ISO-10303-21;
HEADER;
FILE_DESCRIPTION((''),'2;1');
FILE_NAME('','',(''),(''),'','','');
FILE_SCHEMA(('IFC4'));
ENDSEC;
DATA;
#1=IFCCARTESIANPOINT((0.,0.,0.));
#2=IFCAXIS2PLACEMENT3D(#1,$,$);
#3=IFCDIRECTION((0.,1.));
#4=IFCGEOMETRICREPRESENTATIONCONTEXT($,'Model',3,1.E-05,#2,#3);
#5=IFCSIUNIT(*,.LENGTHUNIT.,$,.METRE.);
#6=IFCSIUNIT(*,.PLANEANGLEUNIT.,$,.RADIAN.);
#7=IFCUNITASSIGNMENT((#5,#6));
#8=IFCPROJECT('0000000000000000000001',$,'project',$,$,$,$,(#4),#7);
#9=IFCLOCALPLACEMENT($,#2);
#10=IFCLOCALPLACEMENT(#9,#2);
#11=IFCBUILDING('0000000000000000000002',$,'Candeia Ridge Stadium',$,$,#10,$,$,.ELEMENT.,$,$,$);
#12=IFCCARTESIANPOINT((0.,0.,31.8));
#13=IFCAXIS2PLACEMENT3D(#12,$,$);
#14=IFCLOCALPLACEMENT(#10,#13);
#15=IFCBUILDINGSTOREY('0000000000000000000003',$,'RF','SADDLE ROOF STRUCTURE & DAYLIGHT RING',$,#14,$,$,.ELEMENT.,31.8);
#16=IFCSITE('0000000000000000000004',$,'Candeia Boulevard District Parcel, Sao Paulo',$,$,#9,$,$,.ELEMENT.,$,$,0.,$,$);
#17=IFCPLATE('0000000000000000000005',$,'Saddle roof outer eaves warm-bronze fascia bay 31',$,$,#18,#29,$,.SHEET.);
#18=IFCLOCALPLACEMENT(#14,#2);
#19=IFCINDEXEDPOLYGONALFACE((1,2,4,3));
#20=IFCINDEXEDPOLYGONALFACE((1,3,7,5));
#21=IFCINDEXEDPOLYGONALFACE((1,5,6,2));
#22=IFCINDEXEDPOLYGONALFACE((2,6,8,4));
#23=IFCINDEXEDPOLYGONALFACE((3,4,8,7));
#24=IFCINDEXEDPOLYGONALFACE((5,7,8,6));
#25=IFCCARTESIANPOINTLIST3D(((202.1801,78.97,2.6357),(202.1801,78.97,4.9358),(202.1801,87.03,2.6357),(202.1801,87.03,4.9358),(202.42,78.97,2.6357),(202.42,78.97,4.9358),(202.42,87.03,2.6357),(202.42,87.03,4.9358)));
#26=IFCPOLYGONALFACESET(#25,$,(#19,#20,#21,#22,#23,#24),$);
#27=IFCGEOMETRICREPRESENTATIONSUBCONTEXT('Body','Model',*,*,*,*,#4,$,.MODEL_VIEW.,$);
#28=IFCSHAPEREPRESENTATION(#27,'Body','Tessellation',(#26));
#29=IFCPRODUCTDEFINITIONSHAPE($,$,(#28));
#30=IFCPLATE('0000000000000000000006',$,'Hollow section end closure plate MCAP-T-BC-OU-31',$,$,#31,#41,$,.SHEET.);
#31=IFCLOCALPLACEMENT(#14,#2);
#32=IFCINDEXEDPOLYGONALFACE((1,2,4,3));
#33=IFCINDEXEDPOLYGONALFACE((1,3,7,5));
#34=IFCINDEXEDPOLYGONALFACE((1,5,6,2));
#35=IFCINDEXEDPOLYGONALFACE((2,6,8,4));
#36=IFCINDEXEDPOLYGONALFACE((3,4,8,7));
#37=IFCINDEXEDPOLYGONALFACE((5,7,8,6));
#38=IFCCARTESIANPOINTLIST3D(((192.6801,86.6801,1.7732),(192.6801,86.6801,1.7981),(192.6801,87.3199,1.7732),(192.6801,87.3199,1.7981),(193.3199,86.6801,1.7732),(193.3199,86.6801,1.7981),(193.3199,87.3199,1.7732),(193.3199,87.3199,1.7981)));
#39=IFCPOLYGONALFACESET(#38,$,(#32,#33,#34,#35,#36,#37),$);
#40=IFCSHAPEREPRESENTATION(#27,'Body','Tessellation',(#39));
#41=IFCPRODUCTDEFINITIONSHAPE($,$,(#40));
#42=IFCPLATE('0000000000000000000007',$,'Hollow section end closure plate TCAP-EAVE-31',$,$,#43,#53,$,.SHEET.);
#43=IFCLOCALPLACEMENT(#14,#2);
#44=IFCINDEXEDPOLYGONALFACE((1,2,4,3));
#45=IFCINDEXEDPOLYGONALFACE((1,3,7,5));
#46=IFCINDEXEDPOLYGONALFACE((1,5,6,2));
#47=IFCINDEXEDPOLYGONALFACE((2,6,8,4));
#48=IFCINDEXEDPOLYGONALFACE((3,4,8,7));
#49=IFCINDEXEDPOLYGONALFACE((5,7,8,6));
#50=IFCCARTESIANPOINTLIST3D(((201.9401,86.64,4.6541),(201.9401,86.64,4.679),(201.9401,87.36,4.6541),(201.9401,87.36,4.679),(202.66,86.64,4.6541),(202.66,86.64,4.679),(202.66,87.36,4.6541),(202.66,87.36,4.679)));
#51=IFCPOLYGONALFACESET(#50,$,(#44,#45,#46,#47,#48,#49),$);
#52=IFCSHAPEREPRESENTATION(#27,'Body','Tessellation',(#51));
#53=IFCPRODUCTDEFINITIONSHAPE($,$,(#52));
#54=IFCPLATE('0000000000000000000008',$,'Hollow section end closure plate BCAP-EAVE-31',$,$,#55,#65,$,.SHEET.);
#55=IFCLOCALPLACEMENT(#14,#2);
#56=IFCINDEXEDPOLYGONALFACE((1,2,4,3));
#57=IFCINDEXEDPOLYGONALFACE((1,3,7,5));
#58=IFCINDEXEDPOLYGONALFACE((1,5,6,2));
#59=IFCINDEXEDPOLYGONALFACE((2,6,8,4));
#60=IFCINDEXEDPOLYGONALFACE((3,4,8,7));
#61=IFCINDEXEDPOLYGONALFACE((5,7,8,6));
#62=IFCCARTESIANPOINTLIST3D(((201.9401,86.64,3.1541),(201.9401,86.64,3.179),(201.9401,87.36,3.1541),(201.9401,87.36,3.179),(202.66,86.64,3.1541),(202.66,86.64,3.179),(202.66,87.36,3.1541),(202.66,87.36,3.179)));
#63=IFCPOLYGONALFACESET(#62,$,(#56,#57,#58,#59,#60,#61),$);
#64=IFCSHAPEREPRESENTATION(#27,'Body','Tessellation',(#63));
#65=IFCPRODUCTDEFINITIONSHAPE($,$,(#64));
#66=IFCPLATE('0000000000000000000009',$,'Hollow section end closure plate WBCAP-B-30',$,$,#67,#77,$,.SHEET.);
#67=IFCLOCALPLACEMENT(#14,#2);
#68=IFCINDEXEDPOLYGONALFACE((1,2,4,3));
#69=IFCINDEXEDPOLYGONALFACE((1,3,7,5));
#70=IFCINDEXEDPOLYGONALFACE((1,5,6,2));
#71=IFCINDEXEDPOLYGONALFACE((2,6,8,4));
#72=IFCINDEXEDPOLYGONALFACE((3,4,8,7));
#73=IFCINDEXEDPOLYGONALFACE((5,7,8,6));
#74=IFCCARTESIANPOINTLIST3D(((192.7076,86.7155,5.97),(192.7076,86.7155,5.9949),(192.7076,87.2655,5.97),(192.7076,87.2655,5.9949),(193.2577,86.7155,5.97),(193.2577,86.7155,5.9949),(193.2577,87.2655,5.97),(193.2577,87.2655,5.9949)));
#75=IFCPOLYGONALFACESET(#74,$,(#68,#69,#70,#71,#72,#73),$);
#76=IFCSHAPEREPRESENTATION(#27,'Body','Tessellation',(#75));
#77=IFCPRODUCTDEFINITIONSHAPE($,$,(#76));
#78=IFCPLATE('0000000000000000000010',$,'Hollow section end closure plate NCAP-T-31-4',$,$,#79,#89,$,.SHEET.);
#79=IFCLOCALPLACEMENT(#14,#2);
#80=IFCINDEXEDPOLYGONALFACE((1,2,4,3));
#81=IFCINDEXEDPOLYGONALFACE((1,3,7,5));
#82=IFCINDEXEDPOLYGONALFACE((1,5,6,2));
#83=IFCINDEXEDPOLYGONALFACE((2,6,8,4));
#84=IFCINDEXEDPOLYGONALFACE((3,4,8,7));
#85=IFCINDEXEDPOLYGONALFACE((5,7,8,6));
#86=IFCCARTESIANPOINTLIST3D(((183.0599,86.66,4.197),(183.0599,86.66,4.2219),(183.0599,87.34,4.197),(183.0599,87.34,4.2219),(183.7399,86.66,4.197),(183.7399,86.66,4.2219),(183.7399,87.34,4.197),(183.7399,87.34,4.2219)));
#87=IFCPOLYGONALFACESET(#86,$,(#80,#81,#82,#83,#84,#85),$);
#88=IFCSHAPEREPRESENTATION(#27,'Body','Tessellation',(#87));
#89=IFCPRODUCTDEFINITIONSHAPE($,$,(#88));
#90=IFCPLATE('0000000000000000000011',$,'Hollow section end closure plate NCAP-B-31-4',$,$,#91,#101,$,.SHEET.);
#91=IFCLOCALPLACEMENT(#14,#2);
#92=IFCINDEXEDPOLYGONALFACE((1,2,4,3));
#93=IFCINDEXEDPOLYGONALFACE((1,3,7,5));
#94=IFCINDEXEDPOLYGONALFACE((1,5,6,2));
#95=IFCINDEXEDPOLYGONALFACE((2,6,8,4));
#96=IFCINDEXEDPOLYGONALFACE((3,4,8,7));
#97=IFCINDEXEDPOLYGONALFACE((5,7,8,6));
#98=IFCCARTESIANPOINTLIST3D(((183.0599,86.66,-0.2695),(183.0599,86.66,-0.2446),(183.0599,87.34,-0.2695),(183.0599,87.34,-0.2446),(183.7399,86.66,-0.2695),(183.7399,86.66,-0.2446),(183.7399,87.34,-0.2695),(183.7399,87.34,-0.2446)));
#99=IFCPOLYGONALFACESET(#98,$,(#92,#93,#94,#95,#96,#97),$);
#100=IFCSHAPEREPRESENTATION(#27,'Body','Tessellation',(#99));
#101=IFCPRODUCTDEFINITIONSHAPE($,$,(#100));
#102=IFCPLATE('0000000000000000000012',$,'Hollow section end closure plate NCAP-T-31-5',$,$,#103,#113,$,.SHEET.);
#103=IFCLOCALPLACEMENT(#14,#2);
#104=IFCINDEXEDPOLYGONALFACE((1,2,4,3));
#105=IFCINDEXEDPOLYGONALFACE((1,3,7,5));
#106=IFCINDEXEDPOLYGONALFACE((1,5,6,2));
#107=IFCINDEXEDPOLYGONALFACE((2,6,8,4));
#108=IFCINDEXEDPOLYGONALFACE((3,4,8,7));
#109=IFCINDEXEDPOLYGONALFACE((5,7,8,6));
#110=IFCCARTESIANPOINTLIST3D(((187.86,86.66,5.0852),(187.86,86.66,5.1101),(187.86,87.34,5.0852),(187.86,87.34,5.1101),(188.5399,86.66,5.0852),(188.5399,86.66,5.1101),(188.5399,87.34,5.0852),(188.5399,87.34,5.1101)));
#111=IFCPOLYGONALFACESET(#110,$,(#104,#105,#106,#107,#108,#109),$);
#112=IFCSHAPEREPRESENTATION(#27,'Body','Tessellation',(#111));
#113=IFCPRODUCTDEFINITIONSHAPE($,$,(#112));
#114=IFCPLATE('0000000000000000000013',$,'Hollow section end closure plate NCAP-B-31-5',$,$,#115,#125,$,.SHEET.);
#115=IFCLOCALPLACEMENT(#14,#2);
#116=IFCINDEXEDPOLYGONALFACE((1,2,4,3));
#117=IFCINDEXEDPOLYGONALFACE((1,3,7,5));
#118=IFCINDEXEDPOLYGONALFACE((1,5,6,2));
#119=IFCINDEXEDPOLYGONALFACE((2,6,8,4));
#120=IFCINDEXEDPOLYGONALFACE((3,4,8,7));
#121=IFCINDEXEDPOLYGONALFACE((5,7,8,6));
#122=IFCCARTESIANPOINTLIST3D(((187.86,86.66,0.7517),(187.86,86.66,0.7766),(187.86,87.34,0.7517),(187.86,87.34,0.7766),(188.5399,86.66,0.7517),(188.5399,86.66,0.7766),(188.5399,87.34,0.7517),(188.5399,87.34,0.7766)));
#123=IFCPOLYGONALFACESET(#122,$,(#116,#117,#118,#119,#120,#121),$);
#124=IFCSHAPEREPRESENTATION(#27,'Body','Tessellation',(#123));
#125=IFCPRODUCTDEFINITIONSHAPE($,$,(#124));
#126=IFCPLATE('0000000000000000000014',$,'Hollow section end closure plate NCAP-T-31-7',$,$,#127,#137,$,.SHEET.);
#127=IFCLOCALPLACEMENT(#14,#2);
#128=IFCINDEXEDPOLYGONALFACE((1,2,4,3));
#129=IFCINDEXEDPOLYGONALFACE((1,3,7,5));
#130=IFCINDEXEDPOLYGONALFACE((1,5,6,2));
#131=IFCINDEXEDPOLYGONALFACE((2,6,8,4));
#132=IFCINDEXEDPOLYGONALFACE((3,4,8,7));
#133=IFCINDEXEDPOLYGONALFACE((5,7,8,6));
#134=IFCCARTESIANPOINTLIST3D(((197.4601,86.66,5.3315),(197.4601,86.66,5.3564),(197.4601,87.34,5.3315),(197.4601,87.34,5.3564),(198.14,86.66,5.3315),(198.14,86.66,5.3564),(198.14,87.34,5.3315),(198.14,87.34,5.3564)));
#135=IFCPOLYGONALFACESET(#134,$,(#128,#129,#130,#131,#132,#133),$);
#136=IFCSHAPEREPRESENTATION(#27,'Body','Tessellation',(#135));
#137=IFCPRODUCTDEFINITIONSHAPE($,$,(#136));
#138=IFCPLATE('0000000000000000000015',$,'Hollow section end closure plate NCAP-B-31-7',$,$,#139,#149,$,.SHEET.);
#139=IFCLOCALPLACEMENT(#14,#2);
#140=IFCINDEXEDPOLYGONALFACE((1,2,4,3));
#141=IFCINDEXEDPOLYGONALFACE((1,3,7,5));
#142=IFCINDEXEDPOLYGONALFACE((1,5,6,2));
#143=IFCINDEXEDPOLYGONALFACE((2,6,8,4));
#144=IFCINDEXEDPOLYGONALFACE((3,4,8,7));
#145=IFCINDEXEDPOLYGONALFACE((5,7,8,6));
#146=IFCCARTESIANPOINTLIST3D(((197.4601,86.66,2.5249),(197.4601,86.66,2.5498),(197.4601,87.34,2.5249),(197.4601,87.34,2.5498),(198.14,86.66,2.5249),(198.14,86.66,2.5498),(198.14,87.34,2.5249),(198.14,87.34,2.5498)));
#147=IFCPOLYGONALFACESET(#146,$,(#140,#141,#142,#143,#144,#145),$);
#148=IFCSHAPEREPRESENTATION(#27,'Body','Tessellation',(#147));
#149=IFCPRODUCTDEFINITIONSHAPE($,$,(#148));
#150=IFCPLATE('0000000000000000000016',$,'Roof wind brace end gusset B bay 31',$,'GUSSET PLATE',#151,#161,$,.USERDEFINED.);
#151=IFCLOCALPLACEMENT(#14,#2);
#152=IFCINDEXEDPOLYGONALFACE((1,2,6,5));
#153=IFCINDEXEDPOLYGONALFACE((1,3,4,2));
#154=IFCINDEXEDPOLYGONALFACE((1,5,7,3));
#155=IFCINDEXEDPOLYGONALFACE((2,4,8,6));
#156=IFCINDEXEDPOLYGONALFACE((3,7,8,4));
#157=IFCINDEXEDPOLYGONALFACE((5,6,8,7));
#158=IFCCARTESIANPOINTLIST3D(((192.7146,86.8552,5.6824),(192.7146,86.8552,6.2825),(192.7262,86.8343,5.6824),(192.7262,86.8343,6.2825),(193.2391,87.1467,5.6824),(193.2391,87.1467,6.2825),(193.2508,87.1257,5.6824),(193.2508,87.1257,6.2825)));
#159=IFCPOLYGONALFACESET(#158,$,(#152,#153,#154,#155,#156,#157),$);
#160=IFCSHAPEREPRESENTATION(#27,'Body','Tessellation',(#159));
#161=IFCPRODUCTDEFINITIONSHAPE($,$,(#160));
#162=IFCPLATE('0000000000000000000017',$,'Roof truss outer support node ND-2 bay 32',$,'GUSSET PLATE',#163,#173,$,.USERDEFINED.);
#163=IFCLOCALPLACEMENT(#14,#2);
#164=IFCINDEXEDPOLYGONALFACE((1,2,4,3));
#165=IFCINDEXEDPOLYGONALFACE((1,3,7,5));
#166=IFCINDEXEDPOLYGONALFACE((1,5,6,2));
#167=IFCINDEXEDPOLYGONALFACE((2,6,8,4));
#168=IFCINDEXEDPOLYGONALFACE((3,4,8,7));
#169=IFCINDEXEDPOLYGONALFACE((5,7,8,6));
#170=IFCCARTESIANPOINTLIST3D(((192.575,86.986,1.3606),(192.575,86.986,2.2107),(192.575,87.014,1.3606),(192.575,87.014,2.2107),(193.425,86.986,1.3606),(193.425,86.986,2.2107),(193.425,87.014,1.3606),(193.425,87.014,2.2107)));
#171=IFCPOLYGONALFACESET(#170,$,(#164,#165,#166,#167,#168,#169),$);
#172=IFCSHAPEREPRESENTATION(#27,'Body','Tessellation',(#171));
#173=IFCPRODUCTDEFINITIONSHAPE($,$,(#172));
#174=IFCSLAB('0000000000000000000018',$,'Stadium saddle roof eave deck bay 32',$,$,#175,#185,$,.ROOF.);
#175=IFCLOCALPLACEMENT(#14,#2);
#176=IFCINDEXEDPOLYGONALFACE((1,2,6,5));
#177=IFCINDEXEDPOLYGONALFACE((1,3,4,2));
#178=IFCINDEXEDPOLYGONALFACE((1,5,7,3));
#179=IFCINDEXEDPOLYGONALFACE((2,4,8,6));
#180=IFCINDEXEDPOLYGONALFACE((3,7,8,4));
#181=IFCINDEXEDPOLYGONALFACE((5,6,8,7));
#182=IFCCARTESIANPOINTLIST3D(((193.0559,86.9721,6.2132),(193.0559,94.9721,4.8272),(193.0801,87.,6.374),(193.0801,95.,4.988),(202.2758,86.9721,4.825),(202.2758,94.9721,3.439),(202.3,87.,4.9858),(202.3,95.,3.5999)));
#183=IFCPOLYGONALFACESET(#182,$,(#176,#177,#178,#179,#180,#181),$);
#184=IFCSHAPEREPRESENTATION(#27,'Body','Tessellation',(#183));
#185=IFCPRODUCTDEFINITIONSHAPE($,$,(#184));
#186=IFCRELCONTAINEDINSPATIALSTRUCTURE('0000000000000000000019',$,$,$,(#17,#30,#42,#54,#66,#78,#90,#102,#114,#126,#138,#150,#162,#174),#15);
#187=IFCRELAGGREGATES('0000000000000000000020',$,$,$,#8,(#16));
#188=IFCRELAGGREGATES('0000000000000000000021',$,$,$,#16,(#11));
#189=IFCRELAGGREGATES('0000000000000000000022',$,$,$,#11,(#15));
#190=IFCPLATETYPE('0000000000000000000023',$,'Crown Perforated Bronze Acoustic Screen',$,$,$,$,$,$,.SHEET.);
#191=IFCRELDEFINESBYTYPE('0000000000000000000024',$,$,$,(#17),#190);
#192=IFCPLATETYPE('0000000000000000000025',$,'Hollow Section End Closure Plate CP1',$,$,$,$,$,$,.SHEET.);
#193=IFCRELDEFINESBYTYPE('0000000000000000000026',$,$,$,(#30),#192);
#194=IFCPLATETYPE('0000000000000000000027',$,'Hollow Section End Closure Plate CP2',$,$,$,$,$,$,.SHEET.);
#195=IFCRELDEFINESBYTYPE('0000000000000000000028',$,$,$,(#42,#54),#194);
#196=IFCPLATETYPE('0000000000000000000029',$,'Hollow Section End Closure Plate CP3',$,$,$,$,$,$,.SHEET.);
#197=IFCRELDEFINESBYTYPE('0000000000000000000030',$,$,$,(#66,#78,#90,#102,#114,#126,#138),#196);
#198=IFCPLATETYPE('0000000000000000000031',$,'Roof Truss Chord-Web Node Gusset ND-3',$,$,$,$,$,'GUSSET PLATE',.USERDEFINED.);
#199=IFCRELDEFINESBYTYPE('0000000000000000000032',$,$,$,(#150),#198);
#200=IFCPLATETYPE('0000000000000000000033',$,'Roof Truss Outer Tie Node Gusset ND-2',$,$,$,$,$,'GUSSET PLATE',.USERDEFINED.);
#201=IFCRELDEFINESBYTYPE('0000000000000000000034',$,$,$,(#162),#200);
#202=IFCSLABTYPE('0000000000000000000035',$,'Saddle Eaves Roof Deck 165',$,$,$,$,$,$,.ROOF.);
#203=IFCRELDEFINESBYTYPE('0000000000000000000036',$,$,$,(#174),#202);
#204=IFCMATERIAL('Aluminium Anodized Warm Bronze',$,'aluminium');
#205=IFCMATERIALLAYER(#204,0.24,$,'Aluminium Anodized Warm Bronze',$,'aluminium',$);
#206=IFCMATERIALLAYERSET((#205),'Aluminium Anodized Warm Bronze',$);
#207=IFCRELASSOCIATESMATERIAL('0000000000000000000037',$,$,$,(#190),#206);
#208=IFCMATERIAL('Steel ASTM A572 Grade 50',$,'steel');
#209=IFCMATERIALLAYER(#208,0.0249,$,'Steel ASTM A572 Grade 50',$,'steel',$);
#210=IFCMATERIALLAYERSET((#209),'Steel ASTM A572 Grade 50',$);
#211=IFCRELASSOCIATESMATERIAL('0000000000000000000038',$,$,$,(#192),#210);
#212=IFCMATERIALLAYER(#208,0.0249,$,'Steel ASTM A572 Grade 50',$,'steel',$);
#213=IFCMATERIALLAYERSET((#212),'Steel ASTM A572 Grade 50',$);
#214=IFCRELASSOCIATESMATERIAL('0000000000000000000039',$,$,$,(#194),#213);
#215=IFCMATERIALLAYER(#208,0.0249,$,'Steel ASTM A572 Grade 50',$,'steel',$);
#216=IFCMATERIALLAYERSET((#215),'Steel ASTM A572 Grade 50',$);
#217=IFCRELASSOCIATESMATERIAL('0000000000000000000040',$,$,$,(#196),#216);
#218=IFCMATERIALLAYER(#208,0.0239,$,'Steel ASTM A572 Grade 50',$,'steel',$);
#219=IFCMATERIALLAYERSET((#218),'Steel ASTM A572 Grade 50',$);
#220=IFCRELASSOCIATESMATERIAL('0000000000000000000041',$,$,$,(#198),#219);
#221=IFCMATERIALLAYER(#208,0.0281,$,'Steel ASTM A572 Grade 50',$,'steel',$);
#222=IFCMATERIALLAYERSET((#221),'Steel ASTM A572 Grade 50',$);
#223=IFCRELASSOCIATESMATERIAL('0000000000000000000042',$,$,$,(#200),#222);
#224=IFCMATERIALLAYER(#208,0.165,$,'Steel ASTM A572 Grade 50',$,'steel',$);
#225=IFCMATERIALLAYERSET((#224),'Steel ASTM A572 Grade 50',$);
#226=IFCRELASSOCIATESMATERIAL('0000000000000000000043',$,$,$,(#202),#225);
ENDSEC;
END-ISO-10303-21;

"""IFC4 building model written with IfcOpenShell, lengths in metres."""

from ifc_helpers import new_model, si_unit, direction, frame, origin, origin_2d, place, context, subcontext, project, spatial, polyline, rectangle, outline, extrude, material, layer, layer_set, type_object, element, save


model = new_model("IFC4")

# Units and contexts
model_context = context("Model", 3, precision=1e-05, world=origin(), true_north=direction((0.0, 1.0)))
body_context = subcontext(model_context, "Body", "Model", "MODEL_VIEW")
ifc_project = project(units=[si_unit("LENGTHUNIT", "METRE"), si_unit("PLANEANGLEUNIT", "RADIAN")], contexts=[model_context])

# Site, building, storey
site_placement = place(None, origin())
site = spatial("IfcSite", under=ifc_project, at=site_placement, Name="Candeia Boulevard District Parcel, Sao Paulo", CompositionType="ELEMENT", RefElevation=0.0)
building_placement = place(site_placement, origin())
building = spatial("IfcBuilding", under=site, at=building_placement, Name="Candeia Ridge Stadium", CompositionType="ELEMENT")
storey_placement = place(building_placement, frame((0.0, 0.0, 31.8)))
storey = spatial("IfcBuildingStorey", under=building, at=storey_placement, Name="RF", Description="SADDLE ROOF STRUCTURE & DAYLIGHT RING", CompositionType="ELEMENT", Elevation=31.8)

# Shared definitions
ifc_material_1 = material(Name="Steel ASTM A572 Grade 50", Category="steel")

# Plates
ifc_material_2 = material(Name="Aluminium Anodized Warm Bronze", Category="aluminium")
ifc_layer_1 = layer(ifc_material_2, 0.24, Name="Aluminium Anodized Warm Bronze", Category="aluminium")
ifc_layer_set_1 = layer_set([ifc_layer_1], Name="Aluminium Anodized Warm Bronze")
plate_type_1 = type_object("IfcPlateType", Name="Crown Perforated Bronze Acoustic Screen", PredefinedType="SHEET", material=ifc_layer_set_1)
plate_1_placement = place(storey_placement, frame((202.3, 83.0, 2.6357), z_axis=(0.0, 0.0, 1.0), x_axis=(0.0, 1.0, 0.0)))
element("IfcPlate", 1, at=plate_1_placement, inside=storey, type_object=plate_type_1, Name="Saddle roof outer eaves warm-bronze fascia bay 31", PredefinedType="SHEET", context=body_context, shape_type="SweptSolid", body=[
    extrude(rectangle(XDim=8.0601, YDim=0.24, at=origin_2d()), origin(), (0.0, 0.0, 1.0), 2.3),
])
ifc_layer_2 = layer(ifc_material_1, 0.0249, Name="Steel ASTM A572 Grade 50", Category="steel")
ifc_layer_set_2 = layer_set([ifc_layer_2], Name="Steel ASTM A572 Grade 50")
plate_type_2 = type_object("IfcPlateType", Name="Hollow Section End Closure Plate CP1", PredefinedType="SHEET", material=ifc_layer_set_2)
plate_2_placement = place(storey_placement, frame((193.0, 87.0, 1.7732), z_axis=(0.0, 0.0, 1.0), x_axis=(1.0, 0.0, 0.0)))
element("IfcPlate", 2, at=plate_2_placement, inside=storey, type_object=plate_type_2, Name="Hollow section end closure plate MCAP-T-BC-OU-31", PredefinedType="SHEET", context=body_context, shape_type="SweptSolid", body=[
    extrude(rectangle(XDim=0.6399, YDim=0.6399, at=origin_2d()), origin(), (0.0, 0.0, 1.0), 0.0249),
])
ifc_layer_3 = layer(ifc_material_1, 0.0249, Name="Steel ASTM A572 Grade 50", Category="steel")
ifc_layer_set_3 = layer_set([ifc_layer_3], Name="Steel ASTM A572 Grade 50")
plate_type_3 = type_object("IfcPlateType", Name="Hollow Section End Closure Plate CP2", PredefinedType="SHEET", material=ifc_layer_set_3)
for number, where, z_axis, x_axis, name in (
    (3, (202.3, 87.0, 4.6541), (0.0, 0.0, 1.0), (1.0, 0.0, 0.0), "Hollow section end closure plate TCAP-EAVE-31"),
    (4, (202.3, 87.0, 3.1541), (0.0, 0.0, 1.0), (1.0, 0.0, 0.0), "Hollow section end closure plate BCAP-EAVE-31"),
):
    element("IfcPlate", number, at=place(storey_placement, frame(where, z_axis=z_axis, x_axis=x_axis)), inside=storey, type_object=plate_type_3, Name=name, PredefinedType="SHEET", context=body_context, shape_type="SweptSolid", body=[
        extrude(rectangle(XDim=0.72, YDim=0.72, at=origin_2d()), origin(), (0.0, 0.0, 1.0), 0.0249),
    ])
ifc_layer_4 = layer(ifc_material_1, 0.0249, Name="Steel ASTM A572 Grade 50", Category="steel")
ifc_layer_set_4 = layer_set([ifc_layer_4], Name="Steel ASTM A572 Grade 50")
plate_type_4 = type_object("IfcPlateType", Name="Hollow Section End Closure Plate CP3", PredefinedType="SHEET", material=ifc_layer_set_4)
plate_3_placement = place(storey_placement, frame((192.9827, 86.9905, 5.97), z_axis=(0.0, 0.0, 1.0), x_axis=(1.0, 0.0, 0.0)))
element("IfcPlate", 5, at=plate_3_placement, inside=storey, type_object=plate_type_4, Name="Hollow section end closure plate WBCAP-B-30", PredefinedType="SHEET", context=body_context, shape_type="SweptSolid", body=[
    extrude(rectangle(XDim=0.55, YDim=0.55, at=origin_2d()), origin(), (0.0, 0.0, 1.0), 0.0249),
])
for number, where, z_axis, x_axis, name in (
    (6, (183.3999, 87.0, 4.197), (0.0, 0.0, 1.0), (1.0, 0.0, 0.0), "Hollow section end closure plate NCAP-T-31-4"),
    (7, (183.3999, 87.0, -0.2695), (0.0, 0.0, 1.0), (1.0, 0.0, 0.0), "Hollow section end closure plate NCAP-B-31-4"),
    (8, (188.2, 87.0, 5.0852), (0.0, 0.0, 1.0), (1.0, 0.0, 0.0), "Hollow section end closure plate NCAP-T-31-5"),
    (9, (188.2, 87.0, 0.7517), (0.0, 0.0, 1.0), (1.0, 0.0, 0.0), "Hollow section end closure plate NCAP-B-31-5"),
    (10, (197.8, 87.0, 5.3315), (0.0, 0.0, 1.0), (1.0, 0.0, 0.0), "Hollow section end closure plate NCAP-T-31-7"),
    (11, (197.8, 87.0, 2.5249), (0.0, 0.0, 1.0), (1.0, 0.0, 0.0), "Hollow section end closure plate NCAP-B-31-7"),
):
    element("IfcPlate", number, at=place(storey_placement, frame(where, z_axis=z_axis, x_axis=x_axis)), inside=storey, type_object=plate_type_4, Name=name, PredefinedType="SHEET", context=body_context, shape_type="SweptSolid", body=[
        extrude(rectangle(XDim=0.6799, YDim=0.6799, at=origin_2d()), origin(), (0.0, 0.0, 1.0), 0.0249),
    ])
ifc_layer_5 = layer(ifc_material_1, 0.0239, Name="Steel ASTM A572 Grade 50", Category="steel")
ifc_layer_set_5 = layer_set([ifc_layer_5], Name="Steel ASTM A572 Grade 50")
plate_type_5 = type_object("IfcPlateType", Name="Roof Truss Chord-Web Node Gusset ND-3", ElementType="GUSSET PLATE", PredefinedType="USERDEFINED", material=ifc_layer_set_5)
plate_4_placement = place(storey_placement, frame((192.9827, 86.9905, 5.6824), z_axis=(0.0, 0.0, 1.0), x_axis=(0.874157, 0.485643, 0.0)))
element("IfcPlate", 12, at=plate_4_placement, inside=storey, type_object=plate_type_5, Name="Roof wind brace end gusset B bay 31", ObjectType="GUSSET PLATE", PredefinedType="USERDEFINED", context=body_context, shape_type="SweptSolid", body=[
    extrude(rectangle(XDim=0.6001, YDim=0.0239, at=origin_2d()), origin(), (0.0, 0.0, 1.0), 0.6001),
])
ifc_layer_6 = layer(ifc_material_1, 0.0281, Name="Steel ASTM A572 Grade 50", Category="steel")
ifc_layer_set_6 = layer_set([ifc_layer_6], Name="Steel ASTM A572 Grade 50")
plate_type_6 = type_object("IfcPlateType", Name="Roof Truss Outer Tie Node Gusset ND-2", ElementType="GUSSET PLATE", PredefinedType="USERDEFINED", material=ifc_layer_set_6)
plate_5_placement = place(storey_placement, frame((193.0, 87.0, 1.3606), z_axis=(0.0, 0.0, 1.0), x_axis=(1.0, 0.0, 0.0)))
element("IfcPlate", 13, at=plate_5_placement, inside=storey, type_object=plate_type_6, Name="Roof truss outer support node ND-2 bay 32", ObjectType="GUSSET PLATE", PredefinedType="USERDEFINED", context=body_context, shape_type="SweptSolid", body=[
    extrude(rectangle(XDim=0.8501, YDim=0.0281, at=origin_2d()), origin(), (0.0, 0.0, 1.0), 0.8501),
])

# Slab
ifc_layer_7 = layer(ifc_material_1, 0.165, Name="Steel ASTM A572 Grade 50", Category="steel")
ifc_layer_set_7 = layer_set([ifc_layer_7], Name="Steel ASTM A572 Grade 50")
slab_type = type_object("IfcSlabType", Name="Saddle Eaves Roof Deck 165", PredefinedType="ROOF", material=ifc_layer_set_7)
slab_placement = place(storey_placement, frame((193.0801, 87.0, 6.374), z_axis=(0.146747, 0.168857, 0.974655), x_axis=(0.0, 0.985322, -0.170705)))
element("IfcSlab", 14, at=slab_placement, inside=storey, type_object=slab_type, Name="Stadium saddle roof eave deck bay 32", PredefinedType="ROOF", context=body_context, shape_type="SweptSolid", body=[
    extrude(outline(polyline([(0.0, 0.0), (8.1192, 0.0), (8.3561, -9.3209), (0.237, -9.3209), (0.0, 0.0)])), origin(), (0.0, 0.0, -1.0), 0.165),
])

save(model, "model.ifc")
